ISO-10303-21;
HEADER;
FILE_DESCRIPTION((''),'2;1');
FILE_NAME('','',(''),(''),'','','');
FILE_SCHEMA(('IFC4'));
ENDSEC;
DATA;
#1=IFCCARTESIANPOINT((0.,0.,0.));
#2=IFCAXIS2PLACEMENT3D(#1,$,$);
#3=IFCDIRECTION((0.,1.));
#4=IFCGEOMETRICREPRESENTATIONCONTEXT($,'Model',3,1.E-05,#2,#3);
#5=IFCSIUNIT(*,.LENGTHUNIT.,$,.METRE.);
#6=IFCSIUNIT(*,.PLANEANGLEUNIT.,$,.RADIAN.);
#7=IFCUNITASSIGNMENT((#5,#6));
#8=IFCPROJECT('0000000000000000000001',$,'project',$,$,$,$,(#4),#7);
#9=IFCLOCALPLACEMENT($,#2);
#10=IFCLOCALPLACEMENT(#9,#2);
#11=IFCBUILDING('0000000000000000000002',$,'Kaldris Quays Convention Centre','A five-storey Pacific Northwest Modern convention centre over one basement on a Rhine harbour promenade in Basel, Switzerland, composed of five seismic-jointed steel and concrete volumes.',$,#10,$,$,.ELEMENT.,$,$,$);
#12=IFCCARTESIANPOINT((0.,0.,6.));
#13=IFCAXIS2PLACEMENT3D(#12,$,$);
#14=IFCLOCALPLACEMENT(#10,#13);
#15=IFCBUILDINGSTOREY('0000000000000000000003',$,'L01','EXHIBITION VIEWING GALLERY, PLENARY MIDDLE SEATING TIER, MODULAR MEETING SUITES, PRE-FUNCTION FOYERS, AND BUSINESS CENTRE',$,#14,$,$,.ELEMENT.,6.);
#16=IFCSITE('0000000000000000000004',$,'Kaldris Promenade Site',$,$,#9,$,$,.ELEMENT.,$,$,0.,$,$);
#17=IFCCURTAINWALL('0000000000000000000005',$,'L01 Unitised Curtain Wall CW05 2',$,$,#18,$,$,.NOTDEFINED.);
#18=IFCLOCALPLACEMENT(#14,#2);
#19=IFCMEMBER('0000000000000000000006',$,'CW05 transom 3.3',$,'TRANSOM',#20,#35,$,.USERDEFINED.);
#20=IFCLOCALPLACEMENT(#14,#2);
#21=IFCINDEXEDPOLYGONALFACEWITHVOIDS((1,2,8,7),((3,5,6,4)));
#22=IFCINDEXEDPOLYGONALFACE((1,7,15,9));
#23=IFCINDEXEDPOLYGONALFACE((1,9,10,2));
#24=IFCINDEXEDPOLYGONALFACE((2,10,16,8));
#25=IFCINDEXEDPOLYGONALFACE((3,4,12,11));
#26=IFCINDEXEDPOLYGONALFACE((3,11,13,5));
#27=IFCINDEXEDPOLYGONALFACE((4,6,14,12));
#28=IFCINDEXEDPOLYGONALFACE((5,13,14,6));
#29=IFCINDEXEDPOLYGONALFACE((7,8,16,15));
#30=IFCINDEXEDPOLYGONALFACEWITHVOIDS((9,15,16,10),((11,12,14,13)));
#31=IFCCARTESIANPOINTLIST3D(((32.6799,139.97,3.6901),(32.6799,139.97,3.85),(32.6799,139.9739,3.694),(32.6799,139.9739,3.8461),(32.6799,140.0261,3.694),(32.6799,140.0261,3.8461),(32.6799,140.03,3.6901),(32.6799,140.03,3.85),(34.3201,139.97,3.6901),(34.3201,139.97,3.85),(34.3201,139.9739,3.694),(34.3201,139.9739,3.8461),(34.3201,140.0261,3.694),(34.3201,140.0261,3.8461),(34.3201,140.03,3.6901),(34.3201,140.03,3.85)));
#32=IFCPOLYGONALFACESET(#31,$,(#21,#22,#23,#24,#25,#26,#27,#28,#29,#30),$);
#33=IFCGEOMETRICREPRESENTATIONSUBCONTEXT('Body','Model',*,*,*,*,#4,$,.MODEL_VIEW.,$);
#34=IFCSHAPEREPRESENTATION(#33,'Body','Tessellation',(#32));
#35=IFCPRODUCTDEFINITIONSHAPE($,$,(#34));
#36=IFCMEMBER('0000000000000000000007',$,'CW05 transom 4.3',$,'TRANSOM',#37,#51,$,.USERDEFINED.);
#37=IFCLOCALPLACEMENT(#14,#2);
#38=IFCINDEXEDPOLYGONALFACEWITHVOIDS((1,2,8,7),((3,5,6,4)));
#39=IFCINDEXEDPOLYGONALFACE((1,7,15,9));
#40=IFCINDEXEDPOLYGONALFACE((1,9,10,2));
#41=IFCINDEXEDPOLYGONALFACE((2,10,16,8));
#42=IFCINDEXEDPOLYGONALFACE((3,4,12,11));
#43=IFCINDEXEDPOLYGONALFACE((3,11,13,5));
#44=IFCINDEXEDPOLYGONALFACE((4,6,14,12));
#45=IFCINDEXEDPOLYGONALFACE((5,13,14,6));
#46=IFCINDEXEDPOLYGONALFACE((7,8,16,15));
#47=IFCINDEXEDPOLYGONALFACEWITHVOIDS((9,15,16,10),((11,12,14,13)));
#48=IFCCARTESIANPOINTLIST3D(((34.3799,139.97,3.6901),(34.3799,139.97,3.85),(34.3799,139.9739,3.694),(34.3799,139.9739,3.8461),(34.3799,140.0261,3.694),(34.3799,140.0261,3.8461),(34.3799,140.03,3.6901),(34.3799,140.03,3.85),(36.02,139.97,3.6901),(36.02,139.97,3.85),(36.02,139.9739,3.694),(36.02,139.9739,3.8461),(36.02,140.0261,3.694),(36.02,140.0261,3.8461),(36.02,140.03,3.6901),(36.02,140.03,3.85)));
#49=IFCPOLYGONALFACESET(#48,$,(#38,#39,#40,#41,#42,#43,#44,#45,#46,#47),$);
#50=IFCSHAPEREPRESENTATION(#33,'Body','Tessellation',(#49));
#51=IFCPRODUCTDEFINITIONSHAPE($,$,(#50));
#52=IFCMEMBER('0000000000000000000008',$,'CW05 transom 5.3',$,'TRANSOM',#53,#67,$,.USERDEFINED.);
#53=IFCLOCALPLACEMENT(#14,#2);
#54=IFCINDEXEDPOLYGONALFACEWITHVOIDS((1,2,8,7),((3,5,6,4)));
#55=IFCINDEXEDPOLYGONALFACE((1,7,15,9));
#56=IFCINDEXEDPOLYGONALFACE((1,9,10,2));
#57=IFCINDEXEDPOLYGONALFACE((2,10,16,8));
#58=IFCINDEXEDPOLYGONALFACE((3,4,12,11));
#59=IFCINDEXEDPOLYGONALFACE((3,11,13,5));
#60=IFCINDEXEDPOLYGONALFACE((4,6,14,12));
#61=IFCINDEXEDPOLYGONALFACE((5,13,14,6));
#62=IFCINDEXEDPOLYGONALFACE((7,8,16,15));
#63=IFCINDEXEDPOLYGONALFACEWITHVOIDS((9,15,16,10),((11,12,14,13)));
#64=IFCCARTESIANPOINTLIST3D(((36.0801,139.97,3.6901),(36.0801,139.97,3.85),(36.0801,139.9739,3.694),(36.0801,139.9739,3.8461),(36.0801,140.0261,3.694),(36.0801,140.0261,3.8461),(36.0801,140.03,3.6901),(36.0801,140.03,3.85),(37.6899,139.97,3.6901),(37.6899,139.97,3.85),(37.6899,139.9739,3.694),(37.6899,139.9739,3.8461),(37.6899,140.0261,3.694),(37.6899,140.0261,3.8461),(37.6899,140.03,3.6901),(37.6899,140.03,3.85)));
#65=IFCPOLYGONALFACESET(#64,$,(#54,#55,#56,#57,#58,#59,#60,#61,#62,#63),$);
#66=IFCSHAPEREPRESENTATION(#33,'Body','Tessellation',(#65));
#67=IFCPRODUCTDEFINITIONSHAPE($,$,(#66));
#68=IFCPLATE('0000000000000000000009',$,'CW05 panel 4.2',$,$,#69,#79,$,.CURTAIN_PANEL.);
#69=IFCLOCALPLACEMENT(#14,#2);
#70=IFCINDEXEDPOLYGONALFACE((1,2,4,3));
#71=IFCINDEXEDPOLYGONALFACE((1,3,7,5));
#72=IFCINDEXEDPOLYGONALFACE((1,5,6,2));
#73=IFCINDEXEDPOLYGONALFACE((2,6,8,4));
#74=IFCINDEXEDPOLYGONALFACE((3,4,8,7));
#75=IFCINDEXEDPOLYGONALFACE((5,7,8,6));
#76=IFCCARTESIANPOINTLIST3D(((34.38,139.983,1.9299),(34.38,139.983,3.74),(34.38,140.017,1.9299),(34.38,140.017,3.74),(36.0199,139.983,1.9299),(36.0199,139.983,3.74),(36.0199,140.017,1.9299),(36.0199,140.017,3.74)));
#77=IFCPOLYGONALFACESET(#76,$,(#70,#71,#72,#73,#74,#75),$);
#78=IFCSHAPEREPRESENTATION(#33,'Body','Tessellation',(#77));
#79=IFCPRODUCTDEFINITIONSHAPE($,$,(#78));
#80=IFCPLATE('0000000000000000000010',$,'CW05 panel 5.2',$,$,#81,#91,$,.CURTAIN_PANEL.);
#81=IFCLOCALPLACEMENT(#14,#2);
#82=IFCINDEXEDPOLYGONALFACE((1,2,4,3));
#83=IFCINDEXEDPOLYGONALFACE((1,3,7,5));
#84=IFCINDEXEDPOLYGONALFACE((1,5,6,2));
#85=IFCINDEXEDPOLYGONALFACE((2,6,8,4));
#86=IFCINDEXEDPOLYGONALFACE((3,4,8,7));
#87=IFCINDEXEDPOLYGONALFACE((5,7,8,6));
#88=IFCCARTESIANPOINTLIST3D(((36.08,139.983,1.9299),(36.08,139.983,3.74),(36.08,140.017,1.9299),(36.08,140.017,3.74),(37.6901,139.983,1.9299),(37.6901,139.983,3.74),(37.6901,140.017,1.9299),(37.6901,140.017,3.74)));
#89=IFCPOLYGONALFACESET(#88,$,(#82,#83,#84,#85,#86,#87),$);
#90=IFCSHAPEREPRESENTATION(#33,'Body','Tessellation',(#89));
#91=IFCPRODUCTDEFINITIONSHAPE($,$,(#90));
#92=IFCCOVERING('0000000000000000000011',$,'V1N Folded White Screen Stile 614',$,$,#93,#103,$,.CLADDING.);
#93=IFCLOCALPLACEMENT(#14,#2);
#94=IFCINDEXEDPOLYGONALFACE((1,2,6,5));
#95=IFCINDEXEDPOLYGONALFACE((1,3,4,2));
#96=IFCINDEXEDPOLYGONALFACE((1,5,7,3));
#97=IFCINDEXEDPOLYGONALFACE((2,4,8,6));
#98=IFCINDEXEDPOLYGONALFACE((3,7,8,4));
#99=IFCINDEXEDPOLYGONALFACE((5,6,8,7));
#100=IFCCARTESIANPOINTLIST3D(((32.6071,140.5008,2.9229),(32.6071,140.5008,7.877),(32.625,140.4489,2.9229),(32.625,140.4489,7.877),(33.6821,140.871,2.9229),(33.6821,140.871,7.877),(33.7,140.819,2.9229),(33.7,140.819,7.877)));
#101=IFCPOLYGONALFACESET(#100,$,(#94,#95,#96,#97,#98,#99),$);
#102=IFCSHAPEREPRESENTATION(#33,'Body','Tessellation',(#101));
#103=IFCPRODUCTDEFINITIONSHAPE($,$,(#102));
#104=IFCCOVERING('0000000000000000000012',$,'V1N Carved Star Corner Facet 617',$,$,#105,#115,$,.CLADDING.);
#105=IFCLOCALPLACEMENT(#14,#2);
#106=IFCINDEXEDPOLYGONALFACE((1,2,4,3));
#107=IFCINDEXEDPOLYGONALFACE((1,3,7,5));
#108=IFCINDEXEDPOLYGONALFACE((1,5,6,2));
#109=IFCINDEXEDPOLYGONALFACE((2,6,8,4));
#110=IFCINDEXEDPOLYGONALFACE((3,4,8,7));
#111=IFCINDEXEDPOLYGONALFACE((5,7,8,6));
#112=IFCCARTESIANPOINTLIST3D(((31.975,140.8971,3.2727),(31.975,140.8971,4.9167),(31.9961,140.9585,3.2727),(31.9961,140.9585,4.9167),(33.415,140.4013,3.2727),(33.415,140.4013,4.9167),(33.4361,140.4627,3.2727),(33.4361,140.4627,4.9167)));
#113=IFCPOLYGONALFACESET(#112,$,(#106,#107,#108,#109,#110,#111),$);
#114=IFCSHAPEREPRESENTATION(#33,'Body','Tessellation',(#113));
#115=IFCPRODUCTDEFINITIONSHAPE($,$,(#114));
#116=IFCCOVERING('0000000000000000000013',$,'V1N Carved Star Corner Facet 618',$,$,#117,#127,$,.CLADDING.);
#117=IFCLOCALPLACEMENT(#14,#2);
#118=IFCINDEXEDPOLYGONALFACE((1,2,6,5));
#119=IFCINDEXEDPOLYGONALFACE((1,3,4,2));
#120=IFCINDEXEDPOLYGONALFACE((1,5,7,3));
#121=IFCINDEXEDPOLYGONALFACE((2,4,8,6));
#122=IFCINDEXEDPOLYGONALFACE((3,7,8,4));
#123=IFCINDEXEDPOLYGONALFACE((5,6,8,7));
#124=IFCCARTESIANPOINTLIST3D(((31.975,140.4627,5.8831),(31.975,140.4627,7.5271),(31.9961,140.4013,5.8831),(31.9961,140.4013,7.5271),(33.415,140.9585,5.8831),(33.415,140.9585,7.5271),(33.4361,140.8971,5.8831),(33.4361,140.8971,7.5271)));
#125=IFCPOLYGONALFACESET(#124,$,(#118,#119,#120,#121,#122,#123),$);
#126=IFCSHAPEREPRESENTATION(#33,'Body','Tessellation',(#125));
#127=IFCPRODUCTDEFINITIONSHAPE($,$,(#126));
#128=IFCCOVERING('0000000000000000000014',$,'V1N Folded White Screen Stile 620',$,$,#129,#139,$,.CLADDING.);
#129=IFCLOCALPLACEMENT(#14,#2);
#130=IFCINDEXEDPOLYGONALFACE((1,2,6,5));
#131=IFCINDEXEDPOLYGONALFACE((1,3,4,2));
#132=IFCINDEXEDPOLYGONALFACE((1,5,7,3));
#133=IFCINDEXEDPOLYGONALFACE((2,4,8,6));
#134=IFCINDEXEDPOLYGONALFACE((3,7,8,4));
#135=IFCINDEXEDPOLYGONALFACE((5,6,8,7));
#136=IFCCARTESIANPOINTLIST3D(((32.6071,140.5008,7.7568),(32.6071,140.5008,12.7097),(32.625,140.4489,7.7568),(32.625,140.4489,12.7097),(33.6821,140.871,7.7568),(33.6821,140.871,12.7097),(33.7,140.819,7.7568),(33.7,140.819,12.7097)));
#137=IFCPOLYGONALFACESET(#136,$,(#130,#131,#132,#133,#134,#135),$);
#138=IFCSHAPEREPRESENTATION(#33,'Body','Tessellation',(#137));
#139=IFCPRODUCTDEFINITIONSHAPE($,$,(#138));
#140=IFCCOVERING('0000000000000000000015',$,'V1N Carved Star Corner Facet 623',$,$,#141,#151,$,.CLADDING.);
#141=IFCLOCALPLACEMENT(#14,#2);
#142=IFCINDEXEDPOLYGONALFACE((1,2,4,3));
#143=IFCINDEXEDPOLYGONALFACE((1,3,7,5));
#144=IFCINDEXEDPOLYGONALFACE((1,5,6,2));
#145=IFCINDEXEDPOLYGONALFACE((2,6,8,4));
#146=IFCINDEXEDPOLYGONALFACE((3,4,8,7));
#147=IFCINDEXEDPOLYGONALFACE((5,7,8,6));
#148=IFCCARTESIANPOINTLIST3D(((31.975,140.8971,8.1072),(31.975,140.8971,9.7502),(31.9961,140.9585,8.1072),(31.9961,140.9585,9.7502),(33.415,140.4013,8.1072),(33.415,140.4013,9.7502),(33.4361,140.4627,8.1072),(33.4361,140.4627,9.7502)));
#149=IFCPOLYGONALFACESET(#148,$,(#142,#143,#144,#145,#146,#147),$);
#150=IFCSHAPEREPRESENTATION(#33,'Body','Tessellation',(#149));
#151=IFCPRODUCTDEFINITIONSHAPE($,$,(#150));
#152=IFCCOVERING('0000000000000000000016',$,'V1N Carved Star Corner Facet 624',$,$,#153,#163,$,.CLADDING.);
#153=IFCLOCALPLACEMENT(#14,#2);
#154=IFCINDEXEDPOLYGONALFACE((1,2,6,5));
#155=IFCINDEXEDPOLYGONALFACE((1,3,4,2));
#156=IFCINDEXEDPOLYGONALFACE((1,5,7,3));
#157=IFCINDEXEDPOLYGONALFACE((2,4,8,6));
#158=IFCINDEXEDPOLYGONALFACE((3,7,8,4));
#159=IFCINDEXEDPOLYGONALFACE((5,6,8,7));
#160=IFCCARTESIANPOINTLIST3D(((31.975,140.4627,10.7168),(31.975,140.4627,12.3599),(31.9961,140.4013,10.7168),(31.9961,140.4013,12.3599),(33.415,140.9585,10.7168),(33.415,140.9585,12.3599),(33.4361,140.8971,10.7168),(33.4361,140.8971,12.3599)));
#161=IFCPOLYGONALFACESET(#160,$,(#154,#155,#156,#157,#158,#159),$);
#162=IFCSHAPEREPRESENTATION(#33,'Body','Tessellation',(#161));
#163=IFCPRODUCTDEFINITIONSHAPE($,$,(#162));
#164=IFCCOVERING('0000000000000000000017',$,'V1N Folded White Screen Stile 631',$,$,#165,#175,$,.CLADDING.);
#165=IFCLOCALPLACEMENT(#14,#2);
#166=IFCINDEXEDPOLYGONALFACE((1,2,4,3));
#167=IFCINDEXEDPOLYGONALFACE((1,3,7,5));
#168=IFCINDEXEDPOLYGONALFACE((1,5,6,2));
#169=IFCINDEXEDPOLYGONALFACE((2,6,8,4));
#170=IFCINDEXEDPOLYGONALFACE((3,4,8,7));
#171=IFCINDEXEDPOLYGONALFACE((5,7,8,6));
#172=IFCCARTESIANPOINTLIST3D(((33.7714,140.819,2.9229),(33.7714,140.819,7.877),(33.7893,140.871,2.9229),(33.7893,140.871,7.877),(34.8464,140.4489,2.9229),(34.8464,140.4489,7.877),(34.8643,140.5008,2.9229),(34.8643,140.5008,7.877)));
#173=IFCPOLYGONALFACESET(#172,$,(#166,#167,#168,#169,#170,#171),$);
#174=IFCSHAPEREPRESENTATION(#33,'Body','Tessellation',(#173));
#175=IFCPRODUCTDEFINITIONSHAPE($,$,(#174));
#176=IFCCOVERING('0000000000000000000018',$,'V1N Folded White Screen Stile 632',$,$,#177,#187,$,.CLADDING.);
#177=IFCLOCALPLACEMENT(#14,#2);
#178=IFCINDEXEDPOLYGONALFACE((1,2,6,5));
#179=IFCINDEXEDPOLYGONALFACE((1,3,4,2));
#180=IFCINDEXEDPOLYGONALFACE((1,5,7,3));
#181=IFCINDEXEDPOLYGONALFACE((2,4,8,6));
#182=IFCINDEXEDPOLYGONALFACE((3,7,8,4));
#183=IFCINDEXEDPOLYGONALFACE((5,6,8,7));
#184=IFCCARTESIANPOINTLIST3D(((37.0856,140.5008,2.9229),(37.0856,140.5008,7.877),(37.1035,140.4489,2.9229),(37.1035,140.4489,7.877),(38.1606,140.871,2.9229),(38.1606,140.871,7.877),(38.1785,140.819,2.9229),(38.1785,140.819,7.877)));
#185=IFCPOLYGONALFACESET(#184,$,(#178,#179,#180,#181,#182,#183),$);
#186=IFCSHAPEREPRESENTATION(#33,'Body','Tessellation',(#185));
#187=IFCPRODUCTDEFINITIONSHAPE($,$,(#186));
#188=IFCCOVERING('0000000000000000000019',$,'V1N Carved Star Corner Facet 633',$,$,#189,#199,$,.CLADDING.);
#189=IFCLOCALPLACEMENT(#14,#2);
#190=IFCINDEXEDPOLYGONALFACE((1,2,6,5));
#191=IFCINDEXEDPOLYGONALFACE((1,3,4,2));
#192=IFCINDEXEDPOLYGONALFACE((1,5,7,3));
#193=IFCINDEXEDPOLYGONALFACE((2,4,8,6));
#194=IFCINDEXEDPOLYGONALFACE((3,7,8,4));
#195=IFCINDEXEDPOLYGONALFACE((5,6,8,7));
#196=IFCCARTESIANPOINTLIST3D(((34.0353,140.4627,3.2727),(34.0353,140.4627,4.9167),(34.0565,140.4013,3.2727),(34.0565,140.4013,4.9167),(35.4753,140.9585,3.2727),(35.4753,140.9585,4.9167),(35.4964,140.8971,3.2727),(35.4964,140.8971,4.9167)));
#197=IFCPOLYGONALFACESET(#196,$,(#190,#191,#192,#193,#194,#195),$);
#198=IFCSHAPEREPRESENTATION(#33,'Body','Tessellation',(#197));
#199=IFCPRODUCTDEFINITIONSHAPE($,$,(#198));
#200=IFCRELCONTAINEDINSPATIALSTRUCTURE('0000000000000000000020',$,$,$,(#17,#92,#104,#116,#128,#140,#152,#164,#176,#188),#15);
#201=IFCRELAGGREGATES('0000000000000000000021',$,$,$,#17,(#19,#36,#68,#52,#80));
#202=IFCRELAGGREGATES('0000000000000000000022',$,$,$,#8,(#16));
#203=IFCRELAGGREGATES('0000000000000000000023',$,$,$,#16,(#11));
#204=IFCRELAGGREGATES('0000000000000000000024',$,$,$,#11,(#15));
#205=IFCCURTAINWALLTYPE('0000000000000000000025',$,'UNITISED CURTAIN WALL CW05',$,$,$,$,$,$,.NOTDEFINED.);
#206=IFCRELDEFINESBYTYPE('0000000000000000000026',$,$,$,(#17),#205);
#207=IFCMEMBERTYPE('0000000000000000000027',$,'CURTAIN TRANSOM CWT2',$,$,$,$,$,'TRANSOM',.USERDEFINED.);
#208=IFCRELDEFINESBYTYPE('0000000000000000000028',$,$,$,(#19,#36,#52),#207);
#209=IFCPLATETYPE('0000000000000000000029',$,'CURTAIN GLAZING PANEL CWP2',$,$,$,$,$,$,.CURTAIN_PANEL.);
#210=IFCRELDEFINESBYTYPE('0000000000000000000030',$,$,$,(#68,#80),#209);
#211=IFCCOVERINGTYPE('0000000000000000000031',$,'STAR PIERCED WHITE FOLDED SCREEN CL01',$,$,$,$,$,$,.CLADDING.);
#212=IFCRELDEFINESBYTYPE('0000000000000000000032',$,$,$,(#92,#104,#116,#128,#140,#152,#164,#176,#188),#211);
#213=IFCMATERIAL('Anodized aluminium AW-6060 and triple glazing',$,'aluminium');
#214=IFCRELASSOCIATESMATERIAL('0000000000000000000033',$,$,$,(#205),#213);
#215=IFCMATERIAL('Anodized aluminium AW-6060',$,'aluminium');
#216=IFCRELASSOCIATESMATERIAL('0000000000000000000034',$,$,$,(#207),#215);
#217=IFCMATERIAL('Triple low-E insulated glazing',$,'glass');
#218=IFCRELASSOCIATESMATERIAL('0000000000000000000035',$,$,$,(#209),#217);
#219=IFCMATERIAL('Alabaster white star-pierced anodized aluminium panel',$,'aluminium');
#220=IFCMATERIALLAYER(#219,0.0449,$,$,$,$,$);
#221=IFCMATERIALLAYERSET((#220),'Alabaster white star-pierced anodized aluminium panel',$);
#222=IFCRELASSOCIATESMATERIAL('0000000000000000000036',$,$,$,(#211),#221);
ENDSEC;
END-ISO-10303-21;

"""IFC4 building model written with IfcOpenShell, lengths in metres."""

from ifc_helpers import new_model, si_unit, direction, frame, origin, origin_2d, place, context, subcontext, project, spatial, rectangle, hollow_rectangle, extrude, material, layer, layer_set, material_profile, profile_set, type_object, element, aggregate, save


model = new_model("IFC4")

# Units and contexts
model_context = context("Model", 3, precision=1e-05, world=origin(), true_north=direction((0.0, 1.0)))
body_context = subcontext(model_context, "Body", "Model", "MODEL_VIEW")
ifc_project = project(units=[si_unit("LENGTHUNIT", "METRE"), si_unit("PLANEANGLEUNIT", "RADIAN")], contexts=[model_context])

# Site, building, storey
site_placement = place(None, origin())
site = spatial("IfcSite", under=ifc_project, at=site_placement, Name="Kaldris Promenade Site", CompositionType="ELEMENT", RefElevation=0.0)
building_placement = place(site_placement, origin())
building = spatial("IfcBuilding", under=site, at=building_placement, Name="Kaldris Quays Convention Centre", Description="A five-storey Pacific Northwest Modern convention centre over one basement on a Rhine harbour promenade in Basel, Switzerland, composed of five seismic-jointed steel and concrete volumes.", CompositionType="ELEMENT")
storey_placement = place(building_placement, frame((0.0, 0.0, 6.0)))
storey = spatial("IfcBuildingStorey", under=building, at=storey_placement, Name="L01", Description="EXHIBITION VIEWING GALLERY, PLENARY MIDDLE SEATING TIER, MODULAR MEETING SUITES, PRE-FUNCTION FOYERS, AND BUSINESS CENTRE", CompositionType="ELEMENT", Elevation=6.0)

# Curtain wall, members, plates
ifc_material_1 = material(Name="Anodized aluminium AW-6060 and triple glazing", Category="aluminium")
curtain_wall_type = type_object("IfcCurtainWallType", Name="UNITISED CURTAIN WALL CW05", PredefinedType="NOTDEFINED", material=ifc_material_1)
curtain_wall_placement = place(storey_placement, origin())
curtain_wall = element("IfcCurtainWall", 1, at=curtain_wall_placement, inside=storey, type_object=curtain_wall_type, Name="L01 Unitised Curtain Wall CW05 2", PredefinedType="NOTDEFINED")
ifc_material_2 = material(Name="Anodized aluminium AW-6060", Category="aluminium")
ifc_material_profile = material_profile(ifc_material_2, hollow_rectangle(XDim=0.0601, YDim=0.1599, WallThickness=0.0039, at=origin_2d()), Name="RHS 160x60x4")
ifc_profile_set = profile_set([ifc_material_profile], Name="Anodized aluminium AW-6060")
member_type = type_object("IfcMemberType", Name="CURTAIN TRANSOM CWT2", ElementType="TRANSOM", PredefinedType="USERDEFINED", material=ifc_profile_set)
member_1_placement = place(storey_placement, frame((32.6799, 140.0, 3.77), z_axis=(1.0, 0.0, 0.0), x_axis=(0.0, 1.0, 0.0)))
member_1 = element("IfcMember", 2, at=member_1_placement, type_object=member_type, Name="CW05 transom 3.3", ObjectType="TRANSOM", PredefinedType="USERDEFINED", context=body_context, shape_type="SweptSolid", body=[
    extrude(hollow_rectangle(XDim=0.0601, YDim=0.1599, WallThickness=0.0039, at=origin_2d()), origin(), (0.0, 0.0, 1.0), 1.6401),
])
member_2_placement = place(storey_placement, frame((34.3799, 140.0, 3.77), z_axis=(1.0, 0.0, 0.0), x_axis=(0.0, 1.0, 0.0)))
member_2 = element("IfcMember", 3, at=member_2_placement, type_object=member_type, Name="CW05 transom 4.3", ObjectType="TRANSOM", PredefinedType="USERDEFINED", context=body_context, shape_type="SweptSolid", body=[
    extrude(hollow_rectangle(XDim=0.0601, YDim=0.1599, WallThickness=0.0039, at=origin_2d()), origin(), (0.0, 0.0, 1.0), 1.6401),
])
member_3_placement = place(storey_placement, frame((36.0801, 140.0, 3.77), z_axis=(1.0, 0.0, 0.0), x_axis=(0.0, 1.0, 0.0)))
member_3 = element("IfcMember", 4, at=member_3_placement, type_object=member_type, Name="CW05 transom 5.3", ObjectType="TRANSOM", PredefinedType="USERDEFINED", context=body_context, shape_type="SweptSolid", body=[
    extrude(hollow_rectangle(XDim=0.0601, YDim=0.1599, WallThickness=0.0039, at=origin_2d()), origin(), (0.0, 0.0, 1.0), 1.6099),
])
ifc_material_3 = material(Name="Triple low-E insulated glazing", Category="glass")
plate_type = type_object("IfcPlateType", Name="CURTAIN GLAZING PANEL CWP2", PredefinedType="CURTAIN_PANEL", material=ifc_material_3)
plate_1_placement = place(storey_placement, frame((35.2, 140.0, 1.9299), z_axis=(0.0, 0.0, 1.0), x_axis=(1.0, 0.0, 0.0)))
plate_1 = element("IfcPlate", 5, at=plate_1_placement, type_object=plate_type, Name="CW05 panel 4.2", PredefinedType="CURTAIN_PANEL", context=body_context, shape_type="SweptSolid", body=[
    extrude(rectangle(XDim=1.6399, YDim=0.0339, at=origin_2d()), origin(), (0.0, 0.0, 1.0), 1.8101),
])
plate_2_placement = place(storey_placement, frame((36.885, 140.0, 1.9299), z_axis=(0.0, 0.0, 1.0), x_axis=(1.0, 0.0, 0.0)))
plate_2 = element("IfcPlate", 6, at=plate_2_placement, type_object=plate_type, Name="CW05 panel 5.2", PredefinedType="CURTAIN_PANEL", context=body_context, shape_type="SweptSolid", body=[
    extrude(rectangle(XDim=1.6101, YDim=0.0339, at=origin_2d()), origin(), (0.0, 0.0, 1.0), 1.8101),
])
aggregate(curtain_wall, [member_1, member_2, plate_1, member_3, plate_2])

# Coverings
ifc_material_4 = material(Name="Alabaster white star-pierced anodized aluminium panel", Category="aluminium")
ifc_layer = layer(ifc_material_4, 0.0449)
ifc_layer_set = layer_set([ifc_layer], Name="Alabaster white star-pierced anodized aluminium panel")
covering_type = type_object("IfcCoveringType", Name="STAR PIERCED WHITE FOLDED SCREEN CL01", PredefinedType="CLADDING", material=ifc_layer_set)
covering_1_placement = place(storey_placement, frame((33.1536, 140.6599, 2.9229), z_axis=(0.0, 0.0, 1.0), x_axis=(0.945519, 0.325568, 0.0)))
element("IfcCovering", 7, at=covering_1_placement, inside=storey, type_object=covering_type, Name="V1N Folded White Screen Stile 614", PredefinedType="CLADDING", context=body_context, shape_type="SweptSolid", body=[
    extrude(rectangle(XDim=1.137, YDim=0.0549, at=origin_2d()), origin(), (0.0, 0.0, 1.0), 4.9541),
])
for number, where, z_axis, x_axis, name in (
    (8, (32.7056, 140.6799, 3.2727), (0.0, 0.0, 1.0), (0.945519, -0.325568, 0.0), "V1N Carved Star Corner Facet 617"),
    (9, (32.7056, 140.6799, 5.8831), (0.0, 0.0, 1.0), (0.945519, 0.325568, 0.0), "V1N Carved Star Corner Facet 618"),
):
    element("IfcCovering", number, at=place(storey_placement, frame(where, z_axis=z_axis, x_axis=x_axis)), inside=storey, type_object=covering_type, Name=name, PredefinedType="CLADDING", context=body_context, shape_type="SweptSolid", body=[
        extrude(rectangle(XDim=1.5229, YDim=0.0649, at=origin_2d()), origin(), (0.0, 0.0, 1.0), 1.644),
    ])
covering_2_placement = place(storey_placement, frame((33.1536, 140.6599, 7.7568), z_axis=(0.0, 0.0, 1.0), x_axis=(0.945519, 0.325568, 0.0)))
element("IfcCovering", 10, at=covering_2_placement, inside=storey, type_object=covering_type, Name="V1N Folded White Screen Stile 620", PredefinedType="CLADDING", context=body_context, shape_type="SweptSolid", body=[
    extrude(rectangle(XDim=1.137, YDim=0.0549, at=origin_2d()), origin(), (0.0, 0.0, 1.0), 4.9529),
])
for number, where, z_axis, x_axis, name in (
    (11, (32.7056, 140.6799, 8.1072), (0.0, 0.0, 1.0), (0.945519, -0.325568, 0.0), "V1N Carved Star Corner Facet 623"),
    (12, (32.7056, 140.6799, 10.7168), (0.0, 0.0, 1.0), (0.945519, 0.325568, 0.0), "V1N Carved Star Corner Facet 624"),
):
    element("IfcCovering", number, at=place(storey_placement, frame(where, z_axis=z_axis, x_axis=x_axis)), inside=storey, type_object=covering_type, Name=name, PredefinedType="CLADDING", context=body_context, shape_type="SweptSolid", body=[
        extrude(rectangle(XDim=1.5229, YDim=0.0649, at=origin_2d()), origin(), (0.0, 0.0, 1.0), 1.6431),
    ])
for number, where, z_axis, x_axis, name in (
    (13, (34.3179, 140.6599, 2.9229), (0.0, 0.0, 1.0), (0.945519, -0.325568, 0.0), "V1N Folded White Screen Stile 631"),
    (14, (37.6321, 140.6599, 2.9229), (0.0, 0.0, 1.0), (0.945519, 0.325568, 0.0), "V1N Folded White Screen Stile 632"),
):
    element("IfcCovering", number, at=place(storey_placement, frame(where, z_axis=z_axis, x_axis=x_axis)), inside=storey, type_object=covering_type, Name=name, PredefinedType="CLADDING", context=body_context, shape_type="SweptSolid", body=[
        extrude(rectangle(XDim=1.137, YDim=0.0549, at=origin_2d()), origin(), (0.0, 0.0, 1.0), 4.9541),
    ])
for number, where, z_axis, x_axis, name in (
    (15, (34.7659, 140.6799, 3.2727), (0.0, 0.0, 1.0), (0.945519, 0.325568, 0.0), "V1N Carved Star Corner Facet 633"),
):
    element("IfcCovering", number, at=place(storey_placement, frame(where, z_axis=z_axis, x_axis=x_axis)), inside=storey, type_object=covering_type, Name=name, PredefinedType="CLADDING", context=body_context, shape_type="SweptSolid", body=[
        extrude(rectangle(XDim=1.5229, YDim=0.0649, at=origin_2d()), origin(), (0.0, 0.0, 1.0), 1.644),
    ])

save(model, "model.ifc")
